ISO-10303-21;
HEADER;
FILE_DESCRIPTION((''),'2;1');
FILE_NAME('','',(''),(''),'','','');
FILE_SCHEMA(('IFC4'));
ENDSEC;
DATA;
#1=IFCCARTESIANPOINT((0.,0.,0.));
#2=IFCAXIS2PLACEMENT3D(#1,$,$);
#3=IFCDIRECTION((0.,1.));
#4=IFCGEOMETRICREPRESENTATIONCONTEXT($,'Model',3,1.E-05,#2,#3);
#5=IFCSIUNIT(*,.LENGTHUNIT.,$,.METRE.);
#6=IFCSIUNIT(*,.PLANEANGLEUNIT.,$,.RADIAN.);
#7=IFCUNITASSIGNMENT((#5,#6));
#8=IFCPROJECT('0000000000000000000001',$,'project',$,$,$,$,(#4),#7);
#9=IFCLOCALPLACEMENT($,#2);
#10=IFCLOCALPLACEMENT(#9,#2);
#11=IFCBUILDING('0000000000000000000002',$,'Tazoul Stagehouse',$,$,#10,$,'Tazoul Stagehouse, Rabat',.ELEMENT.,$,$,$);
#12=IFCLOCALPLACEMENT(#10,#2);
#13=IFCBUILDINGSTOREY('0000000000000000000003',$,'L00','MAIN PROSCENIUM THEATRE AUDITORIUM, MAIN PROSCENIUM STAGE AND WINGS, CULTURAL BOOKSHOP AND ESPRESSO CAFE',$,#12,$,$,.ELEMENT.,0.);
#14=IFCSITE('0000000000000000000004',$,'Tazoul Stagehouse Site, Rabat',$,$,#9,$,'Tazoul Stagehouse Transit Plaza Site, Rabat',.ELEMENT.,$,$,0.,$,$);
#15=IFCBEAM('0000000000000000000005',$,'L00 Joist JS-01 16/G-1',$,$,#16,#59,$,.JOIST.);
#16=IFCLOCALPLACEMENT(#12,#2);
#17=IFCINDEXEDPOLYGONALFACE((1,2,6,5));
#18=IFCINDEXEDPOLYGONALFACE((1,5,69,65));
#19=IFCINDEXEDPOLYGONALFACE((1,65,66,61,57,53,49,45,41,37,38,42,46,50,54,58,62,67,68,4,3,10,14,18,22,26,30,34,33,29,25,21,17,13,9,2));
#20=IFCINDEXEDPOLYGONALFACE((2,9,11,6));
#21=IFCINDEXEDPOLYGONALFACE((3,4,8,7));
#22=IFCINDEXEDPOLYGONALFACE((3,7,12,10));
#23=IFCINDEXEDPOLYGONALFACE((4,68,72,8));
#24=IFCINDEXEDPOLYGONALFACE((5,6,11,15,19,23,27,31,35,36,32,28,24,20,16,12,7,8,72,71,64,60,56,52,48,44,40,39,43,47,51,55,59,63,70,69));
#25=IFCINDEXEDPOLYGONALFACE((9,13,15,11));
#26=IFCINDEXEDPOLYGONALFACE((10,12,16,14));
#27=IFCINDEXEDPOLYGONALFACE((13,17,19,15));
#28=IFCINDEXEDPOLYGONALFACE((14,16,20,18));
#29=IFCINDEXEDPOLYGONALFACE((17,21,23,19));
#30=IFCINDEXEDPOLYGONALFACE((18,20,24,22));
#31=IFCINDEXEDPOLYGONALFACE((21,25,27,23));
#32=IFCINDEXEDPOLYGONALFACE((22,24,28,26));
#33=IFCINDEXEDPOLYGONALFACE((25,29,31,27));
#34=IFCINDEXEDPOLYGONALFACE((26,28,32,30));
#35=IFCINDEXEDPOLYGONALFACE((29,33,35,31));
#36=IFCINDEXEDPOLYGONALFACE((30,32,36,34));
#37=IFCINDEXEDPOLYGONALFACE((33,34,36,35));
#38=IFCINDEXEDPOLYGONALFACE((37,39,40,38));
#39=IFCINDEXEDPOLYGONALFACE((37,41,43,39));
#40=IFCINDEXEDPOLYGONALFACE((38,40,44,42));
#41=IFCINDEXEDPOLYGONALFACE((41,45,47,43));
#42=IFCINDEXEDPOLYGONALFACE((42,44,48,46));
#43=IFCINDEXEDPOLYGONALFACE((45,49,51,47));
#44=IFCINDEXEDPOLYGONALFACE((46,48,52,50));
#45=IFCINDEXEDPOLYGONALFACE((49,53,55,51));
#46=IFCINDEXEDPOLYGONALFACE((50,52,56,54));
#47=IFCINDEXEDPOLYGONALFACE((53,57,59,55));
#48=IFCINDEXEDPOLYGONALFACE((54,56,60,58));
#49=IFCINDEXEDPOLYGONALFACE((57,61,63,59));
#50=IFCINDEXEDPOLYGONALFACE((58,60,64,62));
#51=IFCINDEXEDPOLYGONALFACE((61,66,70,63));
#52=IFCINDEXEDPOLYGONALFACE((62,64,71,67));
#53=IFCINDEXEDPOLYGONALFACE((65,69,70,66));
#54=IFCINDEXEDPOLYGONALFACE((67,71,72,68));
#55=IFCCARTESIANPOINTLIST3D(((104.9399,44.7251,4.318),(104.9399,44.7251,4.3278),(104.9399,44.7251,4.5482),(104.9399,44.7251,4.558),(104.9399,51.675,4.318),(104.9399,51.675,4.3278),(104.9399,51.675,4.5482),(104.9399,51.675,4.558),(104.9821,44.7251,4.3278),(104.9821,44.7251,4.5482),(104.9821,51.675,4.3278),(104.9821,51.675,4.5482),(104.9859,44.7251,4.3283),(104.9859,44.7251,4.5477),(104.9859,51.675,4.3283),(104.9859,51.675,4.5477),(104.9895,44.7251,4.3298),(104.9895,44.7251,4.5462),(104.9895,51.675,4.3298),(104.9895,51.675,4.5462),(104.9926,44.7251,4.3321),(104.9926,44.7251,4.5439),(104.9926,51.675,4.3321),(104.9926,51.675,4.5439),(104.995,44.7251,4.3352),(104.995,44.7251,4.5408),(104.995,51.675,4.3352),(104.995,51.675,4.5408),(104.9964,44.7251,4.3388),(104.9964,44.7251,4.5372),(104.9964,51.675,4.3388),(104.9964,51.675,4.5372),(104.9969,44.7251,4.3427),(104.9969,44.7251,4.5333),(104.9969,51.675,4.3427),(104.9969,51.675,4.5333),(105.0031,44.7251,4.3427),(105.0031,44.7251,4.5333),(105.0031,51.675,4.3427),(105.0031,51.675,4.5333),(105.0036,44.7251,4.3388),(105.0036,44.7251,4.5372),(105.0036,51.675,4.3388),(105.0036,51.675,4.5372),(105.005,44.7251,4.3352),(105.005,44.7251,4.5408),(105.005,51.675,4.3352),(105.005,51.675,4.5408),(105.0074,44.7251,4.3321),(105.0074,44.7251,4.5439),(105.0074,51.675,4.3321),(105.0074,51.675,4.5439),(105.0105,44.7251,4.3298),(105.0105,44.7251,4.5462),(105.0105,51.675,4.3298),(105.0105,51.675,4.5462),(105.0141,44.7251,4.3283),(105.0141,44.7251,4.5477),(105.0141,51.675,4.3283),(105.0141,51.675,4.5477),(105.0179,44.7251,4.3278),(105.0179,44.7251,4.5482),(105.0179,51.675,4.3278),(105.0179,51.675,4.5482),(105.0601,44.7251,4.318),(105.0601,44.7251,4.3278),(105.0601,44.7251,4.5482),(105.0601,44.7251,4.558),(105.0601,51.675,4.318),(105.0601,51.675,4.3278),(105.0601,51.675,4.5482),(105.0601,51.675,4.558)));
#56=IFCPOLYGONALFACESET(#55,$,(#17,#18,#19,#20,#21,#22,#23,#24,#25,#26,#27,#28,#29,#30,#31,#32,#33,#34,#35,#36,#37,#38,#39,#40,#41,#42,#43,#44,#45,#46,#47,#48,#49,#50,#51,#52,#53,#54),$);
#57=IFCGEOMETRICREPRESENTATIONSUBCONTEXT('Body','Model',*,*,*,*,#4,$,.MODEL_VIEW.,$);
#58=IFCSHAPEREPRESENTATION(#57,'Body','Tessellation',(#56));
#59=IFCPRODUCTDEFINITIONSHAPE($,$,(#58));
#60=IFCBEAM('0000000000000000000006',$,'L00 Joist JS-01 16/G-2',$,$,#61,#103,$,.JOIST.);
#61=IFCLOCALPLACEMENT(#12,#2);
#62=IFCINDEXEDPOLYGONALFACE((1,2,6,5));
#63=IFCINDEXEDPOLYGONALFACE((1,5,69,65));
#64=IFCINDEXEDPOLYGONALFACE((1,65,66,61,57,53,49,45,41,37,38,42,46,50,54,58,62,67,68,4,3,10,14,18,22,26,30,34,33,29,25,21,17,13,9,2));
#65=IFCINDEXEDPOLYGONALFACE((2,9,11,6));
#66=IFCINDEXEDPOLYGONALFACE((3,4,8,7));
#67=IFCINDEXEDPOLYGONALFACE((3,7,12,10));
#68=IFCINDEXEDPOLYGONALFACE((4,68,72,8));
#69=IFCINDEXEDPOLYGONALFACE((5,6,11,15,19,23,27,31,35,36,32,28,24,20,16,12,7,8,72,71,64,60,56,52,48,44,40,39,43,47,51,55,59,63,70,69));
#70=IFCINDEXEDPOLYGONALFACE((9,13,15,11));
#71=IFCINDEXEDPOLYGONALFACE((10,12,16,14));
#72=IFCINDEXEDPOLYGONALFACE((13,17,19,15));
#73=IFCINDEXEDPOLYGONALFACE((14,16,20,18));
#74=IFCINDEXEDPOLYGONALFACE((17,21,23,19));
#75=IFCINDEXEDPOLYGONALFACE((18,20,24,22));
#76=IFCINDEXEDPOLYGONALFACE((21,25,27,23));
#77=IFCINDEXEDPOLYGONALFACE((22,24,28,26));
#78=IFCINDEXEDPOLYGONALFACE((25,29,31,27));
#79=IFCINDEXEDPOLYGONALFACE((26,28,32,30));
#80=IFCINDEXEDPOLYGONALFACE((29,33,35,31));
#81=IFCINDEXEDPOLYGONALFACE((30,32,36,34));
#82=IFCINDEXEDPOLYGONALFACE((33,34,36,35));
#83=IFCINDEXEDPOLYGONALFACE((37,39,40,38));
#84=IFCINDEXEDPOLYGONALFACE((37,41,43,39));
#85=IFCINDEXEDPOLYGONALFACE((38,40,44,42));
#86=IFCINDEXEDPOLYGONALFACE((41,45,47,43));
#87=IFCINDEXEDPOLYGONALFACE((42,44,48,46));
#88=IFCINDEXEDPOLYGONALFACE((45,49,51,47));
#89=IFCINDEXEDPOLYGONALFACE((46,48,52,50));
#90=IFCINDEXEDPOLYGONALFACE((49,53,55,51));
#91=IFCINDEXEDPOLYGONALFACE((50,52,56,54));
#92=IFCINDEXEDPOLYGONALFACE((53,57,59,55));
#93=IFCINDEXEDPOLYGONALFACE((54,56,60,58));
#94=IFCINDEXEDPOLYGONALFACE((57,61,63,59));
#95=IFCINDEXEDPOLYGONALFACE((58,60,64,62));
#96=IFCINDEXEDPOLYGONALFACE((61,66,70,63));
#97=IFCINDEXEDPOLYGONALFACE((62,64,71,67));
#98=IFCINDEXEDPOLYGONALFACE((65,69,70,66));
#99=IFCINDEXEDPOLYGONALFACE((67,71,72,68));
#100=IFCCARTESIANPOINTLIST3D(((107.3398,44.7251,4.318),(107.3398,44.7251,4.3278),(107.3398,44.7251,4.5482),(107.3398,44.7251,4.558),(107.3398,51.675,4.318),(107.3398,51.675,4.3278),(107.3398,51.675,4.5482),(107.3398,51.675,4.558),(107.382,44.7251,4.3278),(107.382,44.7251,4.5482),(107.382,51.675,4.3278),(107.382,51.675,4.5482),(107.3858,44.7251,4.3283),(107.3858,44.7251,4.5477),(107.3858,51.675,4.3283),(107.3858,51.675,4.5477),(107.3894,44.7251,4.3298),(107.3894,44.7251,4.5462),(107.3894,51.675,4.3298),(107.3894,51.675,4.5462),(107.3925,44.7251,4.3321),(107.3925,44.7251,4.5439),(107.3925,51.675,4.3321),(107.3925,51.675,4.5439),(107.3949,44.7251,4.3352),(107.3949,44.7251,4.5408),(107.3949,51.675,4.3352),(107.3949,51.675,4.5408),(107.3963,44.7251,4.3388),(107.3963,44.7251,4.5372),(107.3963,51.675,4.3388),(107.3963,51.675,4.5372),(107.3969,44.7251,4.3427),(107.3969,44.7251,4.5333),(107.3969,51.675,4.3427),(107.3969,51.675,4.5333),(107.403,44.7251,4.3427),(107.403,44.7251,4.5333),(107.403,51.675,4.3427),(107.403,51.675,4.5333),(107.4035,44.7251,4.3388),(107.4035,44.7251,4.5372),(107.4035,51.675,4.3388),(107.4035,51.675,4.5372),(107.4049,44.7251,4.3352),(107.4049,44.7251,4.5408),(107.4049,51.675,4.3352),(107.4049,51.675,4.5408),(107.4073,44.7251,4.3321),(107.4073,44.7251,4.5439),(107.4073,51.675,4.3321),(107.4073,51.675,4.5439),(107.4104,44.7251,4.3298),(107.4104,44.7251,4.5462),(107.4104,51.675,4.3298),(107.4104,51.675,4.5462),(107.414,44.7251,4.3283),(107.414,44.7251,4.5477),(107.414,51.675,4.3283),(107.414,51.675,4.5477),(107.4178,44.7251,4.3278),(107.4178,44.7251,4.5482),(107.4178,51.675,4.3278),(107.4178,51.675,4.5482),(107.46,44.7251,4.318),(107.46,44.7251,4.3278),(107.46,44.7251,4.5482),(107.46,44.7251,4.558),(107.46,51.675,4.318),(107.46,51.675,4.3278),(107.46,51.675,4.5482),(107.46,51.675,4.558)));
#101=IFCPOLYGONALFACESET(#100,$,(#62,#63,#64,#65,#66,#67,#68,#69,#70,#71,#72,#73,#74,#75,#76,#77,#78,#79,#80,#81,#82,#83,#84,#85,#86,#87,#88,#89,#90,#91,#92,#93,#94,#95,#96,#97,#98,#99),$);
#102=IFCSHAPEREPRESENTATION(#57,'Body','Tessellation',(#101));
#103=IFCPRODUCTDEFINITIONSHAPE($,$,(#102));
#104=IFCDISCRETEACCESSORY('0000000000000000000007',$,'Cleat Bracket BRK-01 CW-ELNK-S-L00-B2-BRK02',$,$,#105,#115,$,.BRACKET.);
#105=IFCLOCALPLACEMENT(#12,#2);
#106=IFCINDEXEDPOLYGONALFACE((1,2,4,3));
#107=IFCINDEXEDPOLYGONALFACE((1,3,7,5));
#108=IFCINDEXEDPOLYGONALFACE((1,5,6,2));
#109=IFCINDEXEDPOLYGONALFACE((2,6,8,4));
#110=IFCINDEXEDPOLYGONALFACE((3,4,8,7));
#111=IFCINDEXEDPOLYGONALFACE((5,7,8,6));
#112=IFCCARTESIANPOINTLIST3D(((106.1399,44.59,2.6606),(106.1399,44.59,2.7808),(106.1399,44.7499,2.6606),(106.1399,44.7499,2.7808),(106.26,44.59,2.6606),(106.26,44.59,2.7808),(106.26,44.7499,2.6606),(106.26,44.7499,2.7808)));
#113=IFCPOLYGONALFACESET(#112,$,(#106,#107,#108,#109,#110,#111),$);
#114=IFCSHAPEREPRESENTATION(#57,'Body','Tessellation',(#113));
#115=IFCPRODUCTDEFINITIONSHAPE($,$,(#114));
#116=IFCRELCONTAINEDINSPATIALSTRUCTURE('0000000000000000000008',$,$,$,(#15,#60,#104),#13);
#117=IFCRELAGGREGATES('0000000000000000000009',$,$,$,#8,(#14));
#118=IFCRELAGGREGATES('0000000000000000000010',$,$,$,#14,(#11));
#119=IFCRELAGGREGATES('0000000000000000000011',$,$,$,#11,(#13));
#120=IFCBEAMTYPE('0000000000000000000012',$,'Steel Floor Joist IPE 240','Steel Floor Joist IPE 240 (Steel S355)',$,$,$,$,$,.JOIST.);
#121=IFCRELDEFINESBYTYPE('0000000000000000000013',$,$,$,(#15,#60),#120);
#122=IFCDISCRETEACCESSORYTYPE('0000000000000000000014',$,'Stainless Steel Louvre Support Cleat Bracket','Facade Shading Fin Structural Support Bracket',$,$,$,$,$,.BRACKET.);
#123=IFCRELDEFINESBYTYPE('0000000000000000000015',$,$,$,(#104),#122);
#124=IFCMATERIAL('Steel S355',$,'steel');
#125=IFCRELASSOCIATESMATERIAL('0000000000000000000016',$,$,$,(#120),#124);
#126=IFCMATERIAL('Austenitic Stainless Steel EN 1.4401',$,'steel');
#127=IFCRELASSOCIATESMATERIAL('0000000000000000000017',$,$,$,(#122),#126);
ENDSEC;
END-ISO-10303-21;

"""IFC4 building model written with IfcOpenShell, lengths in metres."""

from ifc_helpers import new_model, si_unit, direction, frame, origin, origin_2d, place, context, subcontext, project, spatial, rectangle, i_section, extrude, material, material_profile, profile_set, type_object, element, save


model = new_model("IFC4")

# Units and contexts
model_context = context("Model", 3, precision=1e-05, world=origin(), true_north=direction((0.0, 1.0)))
body_context = subcontext(model_context, "Body", "Model", "MODEL_VIEW")
ifc_project = project(units=[si_unit("LENGTHUNIT", "METRE"), si_unit("PLANEANGLEUNIT", "RADIAN")], contexts=[model_context])

# Site, building, storey
site_placement = place(None, origin())
site = spatial("IfcSite", under=ifc_project, at=site_placement, Name="Tazoul Stagehouse Site, Rabat", LongName="Tazoul Stagehouse Transit Plaza Site, Rabat", CompositionType="ELEMENT", RefElevation=0.0)
building_placement = place(site_placement, origin())
building = spatial("IfcBuilding", under=site, at=building_placement, Name="Tazoul Stagehouse", LongName="Tazoul Stagehouse, Rabat", CompositionType="ELEMENT")
storey_placement = place(building_placement, origin())
storey = spatial("IfcBuildingStorey", under=building, at=storey_placement, Name="L00", Description="MAIN PROSCENIUM THEATRE AUDITORIUM, MAIN PROSCENIUM STAGE AND WINGS, CULTURAL BOOKSHOP AND ESPRESSO CAFE", CompositionType="ELEMENT", Elevation=0.0)

# Beams
ifc_material_1 = material(Name="Steel S355", Category="steel")
ifc_material_profile = material_profile(ifc_material_1, i_section(OverallWidth=0.1201, OverallDepth=0.24, WebThickness=0.0061, FlangeThickness=0.0098, FilletRadius=0.0149, at=origin_2d()), Name="IPE 240")
ifc_profile_set = profile_set([ifc_material_profile], Name="Steel S355")
beam_type = type_object("IfcBeamType", Name="Steel Floor Joist IPE 240", Description="Steel Floor Joist IPE 240 (Steel S355)", PredefinedType="JOIST", material=ifc_profile_set)
for number, where, z_axis, x_axis, name in (
    (1, (105.0, 44.7251, 4.438), (0.0, 1.0, 0.0), (-1.0, 0.0, 0.0), "L00 Joist JS-01 16/G-1"),
    (2, (107.3999, 44.7251, 4.438), (0.0, 1.0, 0.0), (-1.0, 0.0, 0.0), "L00 Joist JS-01 16/G-2"),
):
    element("IfcBeam", number, at=place(storey_placement, frame(where, z_axis=z_axis, x_axis=x_axis)), inside=storey, type_object=beam_type, Name=name, PredefinedType="JOIST", context=body_context, shape_type="SweptSolid", body=[
        extrude(i_section(OverallWidth=0.1201, OverallDepth=0.24, WebThickness=0.0061, FlangeThickness=0.0098, FilletRadius=0.0149, at=origin_2d()), origin(), (0.0, 0.0, 1.0), 6.95),
    ])

# Discrete accessory
ifc_material_2 = material(Name="Austenitic Stainless Steel EN 1.4401", Category="steel")
discrete_accessory_type = type_object("IfcDiscreteAccessoryType", Name="Stainless Steel Louvre Support Cleat Bracket", Description="Facade Shading Fin Structural Support Bracket", PredefinedType="BRACKET", material=ifc_material_2)
discrete_accessory_placement = place(storey_placement, frame((106.2, 44.6699, 2.6606), z_axis=(0.0, 0.0, 1.0), x_axis=(1.0, 0.0, 0.0)))
element("IfcDiscreteAccessory", 3, at=discrete_accessory_placement, inside=storey, type_object=discrete_accessory_type, Name="Cleat Bracket BRK-01 CW-ELNK-S-L00-B2-BRK02", PredefinedType="BRACKET", context=body_context, shape_type="SweptSolid", body=[
    extrude(rectangle(XDim=0.1201, YDim=0.1599, at=origin_2d()), origin(), (0.0, 0.0, 1.0), 0.1201),
])

save(model, "model.ifc")
